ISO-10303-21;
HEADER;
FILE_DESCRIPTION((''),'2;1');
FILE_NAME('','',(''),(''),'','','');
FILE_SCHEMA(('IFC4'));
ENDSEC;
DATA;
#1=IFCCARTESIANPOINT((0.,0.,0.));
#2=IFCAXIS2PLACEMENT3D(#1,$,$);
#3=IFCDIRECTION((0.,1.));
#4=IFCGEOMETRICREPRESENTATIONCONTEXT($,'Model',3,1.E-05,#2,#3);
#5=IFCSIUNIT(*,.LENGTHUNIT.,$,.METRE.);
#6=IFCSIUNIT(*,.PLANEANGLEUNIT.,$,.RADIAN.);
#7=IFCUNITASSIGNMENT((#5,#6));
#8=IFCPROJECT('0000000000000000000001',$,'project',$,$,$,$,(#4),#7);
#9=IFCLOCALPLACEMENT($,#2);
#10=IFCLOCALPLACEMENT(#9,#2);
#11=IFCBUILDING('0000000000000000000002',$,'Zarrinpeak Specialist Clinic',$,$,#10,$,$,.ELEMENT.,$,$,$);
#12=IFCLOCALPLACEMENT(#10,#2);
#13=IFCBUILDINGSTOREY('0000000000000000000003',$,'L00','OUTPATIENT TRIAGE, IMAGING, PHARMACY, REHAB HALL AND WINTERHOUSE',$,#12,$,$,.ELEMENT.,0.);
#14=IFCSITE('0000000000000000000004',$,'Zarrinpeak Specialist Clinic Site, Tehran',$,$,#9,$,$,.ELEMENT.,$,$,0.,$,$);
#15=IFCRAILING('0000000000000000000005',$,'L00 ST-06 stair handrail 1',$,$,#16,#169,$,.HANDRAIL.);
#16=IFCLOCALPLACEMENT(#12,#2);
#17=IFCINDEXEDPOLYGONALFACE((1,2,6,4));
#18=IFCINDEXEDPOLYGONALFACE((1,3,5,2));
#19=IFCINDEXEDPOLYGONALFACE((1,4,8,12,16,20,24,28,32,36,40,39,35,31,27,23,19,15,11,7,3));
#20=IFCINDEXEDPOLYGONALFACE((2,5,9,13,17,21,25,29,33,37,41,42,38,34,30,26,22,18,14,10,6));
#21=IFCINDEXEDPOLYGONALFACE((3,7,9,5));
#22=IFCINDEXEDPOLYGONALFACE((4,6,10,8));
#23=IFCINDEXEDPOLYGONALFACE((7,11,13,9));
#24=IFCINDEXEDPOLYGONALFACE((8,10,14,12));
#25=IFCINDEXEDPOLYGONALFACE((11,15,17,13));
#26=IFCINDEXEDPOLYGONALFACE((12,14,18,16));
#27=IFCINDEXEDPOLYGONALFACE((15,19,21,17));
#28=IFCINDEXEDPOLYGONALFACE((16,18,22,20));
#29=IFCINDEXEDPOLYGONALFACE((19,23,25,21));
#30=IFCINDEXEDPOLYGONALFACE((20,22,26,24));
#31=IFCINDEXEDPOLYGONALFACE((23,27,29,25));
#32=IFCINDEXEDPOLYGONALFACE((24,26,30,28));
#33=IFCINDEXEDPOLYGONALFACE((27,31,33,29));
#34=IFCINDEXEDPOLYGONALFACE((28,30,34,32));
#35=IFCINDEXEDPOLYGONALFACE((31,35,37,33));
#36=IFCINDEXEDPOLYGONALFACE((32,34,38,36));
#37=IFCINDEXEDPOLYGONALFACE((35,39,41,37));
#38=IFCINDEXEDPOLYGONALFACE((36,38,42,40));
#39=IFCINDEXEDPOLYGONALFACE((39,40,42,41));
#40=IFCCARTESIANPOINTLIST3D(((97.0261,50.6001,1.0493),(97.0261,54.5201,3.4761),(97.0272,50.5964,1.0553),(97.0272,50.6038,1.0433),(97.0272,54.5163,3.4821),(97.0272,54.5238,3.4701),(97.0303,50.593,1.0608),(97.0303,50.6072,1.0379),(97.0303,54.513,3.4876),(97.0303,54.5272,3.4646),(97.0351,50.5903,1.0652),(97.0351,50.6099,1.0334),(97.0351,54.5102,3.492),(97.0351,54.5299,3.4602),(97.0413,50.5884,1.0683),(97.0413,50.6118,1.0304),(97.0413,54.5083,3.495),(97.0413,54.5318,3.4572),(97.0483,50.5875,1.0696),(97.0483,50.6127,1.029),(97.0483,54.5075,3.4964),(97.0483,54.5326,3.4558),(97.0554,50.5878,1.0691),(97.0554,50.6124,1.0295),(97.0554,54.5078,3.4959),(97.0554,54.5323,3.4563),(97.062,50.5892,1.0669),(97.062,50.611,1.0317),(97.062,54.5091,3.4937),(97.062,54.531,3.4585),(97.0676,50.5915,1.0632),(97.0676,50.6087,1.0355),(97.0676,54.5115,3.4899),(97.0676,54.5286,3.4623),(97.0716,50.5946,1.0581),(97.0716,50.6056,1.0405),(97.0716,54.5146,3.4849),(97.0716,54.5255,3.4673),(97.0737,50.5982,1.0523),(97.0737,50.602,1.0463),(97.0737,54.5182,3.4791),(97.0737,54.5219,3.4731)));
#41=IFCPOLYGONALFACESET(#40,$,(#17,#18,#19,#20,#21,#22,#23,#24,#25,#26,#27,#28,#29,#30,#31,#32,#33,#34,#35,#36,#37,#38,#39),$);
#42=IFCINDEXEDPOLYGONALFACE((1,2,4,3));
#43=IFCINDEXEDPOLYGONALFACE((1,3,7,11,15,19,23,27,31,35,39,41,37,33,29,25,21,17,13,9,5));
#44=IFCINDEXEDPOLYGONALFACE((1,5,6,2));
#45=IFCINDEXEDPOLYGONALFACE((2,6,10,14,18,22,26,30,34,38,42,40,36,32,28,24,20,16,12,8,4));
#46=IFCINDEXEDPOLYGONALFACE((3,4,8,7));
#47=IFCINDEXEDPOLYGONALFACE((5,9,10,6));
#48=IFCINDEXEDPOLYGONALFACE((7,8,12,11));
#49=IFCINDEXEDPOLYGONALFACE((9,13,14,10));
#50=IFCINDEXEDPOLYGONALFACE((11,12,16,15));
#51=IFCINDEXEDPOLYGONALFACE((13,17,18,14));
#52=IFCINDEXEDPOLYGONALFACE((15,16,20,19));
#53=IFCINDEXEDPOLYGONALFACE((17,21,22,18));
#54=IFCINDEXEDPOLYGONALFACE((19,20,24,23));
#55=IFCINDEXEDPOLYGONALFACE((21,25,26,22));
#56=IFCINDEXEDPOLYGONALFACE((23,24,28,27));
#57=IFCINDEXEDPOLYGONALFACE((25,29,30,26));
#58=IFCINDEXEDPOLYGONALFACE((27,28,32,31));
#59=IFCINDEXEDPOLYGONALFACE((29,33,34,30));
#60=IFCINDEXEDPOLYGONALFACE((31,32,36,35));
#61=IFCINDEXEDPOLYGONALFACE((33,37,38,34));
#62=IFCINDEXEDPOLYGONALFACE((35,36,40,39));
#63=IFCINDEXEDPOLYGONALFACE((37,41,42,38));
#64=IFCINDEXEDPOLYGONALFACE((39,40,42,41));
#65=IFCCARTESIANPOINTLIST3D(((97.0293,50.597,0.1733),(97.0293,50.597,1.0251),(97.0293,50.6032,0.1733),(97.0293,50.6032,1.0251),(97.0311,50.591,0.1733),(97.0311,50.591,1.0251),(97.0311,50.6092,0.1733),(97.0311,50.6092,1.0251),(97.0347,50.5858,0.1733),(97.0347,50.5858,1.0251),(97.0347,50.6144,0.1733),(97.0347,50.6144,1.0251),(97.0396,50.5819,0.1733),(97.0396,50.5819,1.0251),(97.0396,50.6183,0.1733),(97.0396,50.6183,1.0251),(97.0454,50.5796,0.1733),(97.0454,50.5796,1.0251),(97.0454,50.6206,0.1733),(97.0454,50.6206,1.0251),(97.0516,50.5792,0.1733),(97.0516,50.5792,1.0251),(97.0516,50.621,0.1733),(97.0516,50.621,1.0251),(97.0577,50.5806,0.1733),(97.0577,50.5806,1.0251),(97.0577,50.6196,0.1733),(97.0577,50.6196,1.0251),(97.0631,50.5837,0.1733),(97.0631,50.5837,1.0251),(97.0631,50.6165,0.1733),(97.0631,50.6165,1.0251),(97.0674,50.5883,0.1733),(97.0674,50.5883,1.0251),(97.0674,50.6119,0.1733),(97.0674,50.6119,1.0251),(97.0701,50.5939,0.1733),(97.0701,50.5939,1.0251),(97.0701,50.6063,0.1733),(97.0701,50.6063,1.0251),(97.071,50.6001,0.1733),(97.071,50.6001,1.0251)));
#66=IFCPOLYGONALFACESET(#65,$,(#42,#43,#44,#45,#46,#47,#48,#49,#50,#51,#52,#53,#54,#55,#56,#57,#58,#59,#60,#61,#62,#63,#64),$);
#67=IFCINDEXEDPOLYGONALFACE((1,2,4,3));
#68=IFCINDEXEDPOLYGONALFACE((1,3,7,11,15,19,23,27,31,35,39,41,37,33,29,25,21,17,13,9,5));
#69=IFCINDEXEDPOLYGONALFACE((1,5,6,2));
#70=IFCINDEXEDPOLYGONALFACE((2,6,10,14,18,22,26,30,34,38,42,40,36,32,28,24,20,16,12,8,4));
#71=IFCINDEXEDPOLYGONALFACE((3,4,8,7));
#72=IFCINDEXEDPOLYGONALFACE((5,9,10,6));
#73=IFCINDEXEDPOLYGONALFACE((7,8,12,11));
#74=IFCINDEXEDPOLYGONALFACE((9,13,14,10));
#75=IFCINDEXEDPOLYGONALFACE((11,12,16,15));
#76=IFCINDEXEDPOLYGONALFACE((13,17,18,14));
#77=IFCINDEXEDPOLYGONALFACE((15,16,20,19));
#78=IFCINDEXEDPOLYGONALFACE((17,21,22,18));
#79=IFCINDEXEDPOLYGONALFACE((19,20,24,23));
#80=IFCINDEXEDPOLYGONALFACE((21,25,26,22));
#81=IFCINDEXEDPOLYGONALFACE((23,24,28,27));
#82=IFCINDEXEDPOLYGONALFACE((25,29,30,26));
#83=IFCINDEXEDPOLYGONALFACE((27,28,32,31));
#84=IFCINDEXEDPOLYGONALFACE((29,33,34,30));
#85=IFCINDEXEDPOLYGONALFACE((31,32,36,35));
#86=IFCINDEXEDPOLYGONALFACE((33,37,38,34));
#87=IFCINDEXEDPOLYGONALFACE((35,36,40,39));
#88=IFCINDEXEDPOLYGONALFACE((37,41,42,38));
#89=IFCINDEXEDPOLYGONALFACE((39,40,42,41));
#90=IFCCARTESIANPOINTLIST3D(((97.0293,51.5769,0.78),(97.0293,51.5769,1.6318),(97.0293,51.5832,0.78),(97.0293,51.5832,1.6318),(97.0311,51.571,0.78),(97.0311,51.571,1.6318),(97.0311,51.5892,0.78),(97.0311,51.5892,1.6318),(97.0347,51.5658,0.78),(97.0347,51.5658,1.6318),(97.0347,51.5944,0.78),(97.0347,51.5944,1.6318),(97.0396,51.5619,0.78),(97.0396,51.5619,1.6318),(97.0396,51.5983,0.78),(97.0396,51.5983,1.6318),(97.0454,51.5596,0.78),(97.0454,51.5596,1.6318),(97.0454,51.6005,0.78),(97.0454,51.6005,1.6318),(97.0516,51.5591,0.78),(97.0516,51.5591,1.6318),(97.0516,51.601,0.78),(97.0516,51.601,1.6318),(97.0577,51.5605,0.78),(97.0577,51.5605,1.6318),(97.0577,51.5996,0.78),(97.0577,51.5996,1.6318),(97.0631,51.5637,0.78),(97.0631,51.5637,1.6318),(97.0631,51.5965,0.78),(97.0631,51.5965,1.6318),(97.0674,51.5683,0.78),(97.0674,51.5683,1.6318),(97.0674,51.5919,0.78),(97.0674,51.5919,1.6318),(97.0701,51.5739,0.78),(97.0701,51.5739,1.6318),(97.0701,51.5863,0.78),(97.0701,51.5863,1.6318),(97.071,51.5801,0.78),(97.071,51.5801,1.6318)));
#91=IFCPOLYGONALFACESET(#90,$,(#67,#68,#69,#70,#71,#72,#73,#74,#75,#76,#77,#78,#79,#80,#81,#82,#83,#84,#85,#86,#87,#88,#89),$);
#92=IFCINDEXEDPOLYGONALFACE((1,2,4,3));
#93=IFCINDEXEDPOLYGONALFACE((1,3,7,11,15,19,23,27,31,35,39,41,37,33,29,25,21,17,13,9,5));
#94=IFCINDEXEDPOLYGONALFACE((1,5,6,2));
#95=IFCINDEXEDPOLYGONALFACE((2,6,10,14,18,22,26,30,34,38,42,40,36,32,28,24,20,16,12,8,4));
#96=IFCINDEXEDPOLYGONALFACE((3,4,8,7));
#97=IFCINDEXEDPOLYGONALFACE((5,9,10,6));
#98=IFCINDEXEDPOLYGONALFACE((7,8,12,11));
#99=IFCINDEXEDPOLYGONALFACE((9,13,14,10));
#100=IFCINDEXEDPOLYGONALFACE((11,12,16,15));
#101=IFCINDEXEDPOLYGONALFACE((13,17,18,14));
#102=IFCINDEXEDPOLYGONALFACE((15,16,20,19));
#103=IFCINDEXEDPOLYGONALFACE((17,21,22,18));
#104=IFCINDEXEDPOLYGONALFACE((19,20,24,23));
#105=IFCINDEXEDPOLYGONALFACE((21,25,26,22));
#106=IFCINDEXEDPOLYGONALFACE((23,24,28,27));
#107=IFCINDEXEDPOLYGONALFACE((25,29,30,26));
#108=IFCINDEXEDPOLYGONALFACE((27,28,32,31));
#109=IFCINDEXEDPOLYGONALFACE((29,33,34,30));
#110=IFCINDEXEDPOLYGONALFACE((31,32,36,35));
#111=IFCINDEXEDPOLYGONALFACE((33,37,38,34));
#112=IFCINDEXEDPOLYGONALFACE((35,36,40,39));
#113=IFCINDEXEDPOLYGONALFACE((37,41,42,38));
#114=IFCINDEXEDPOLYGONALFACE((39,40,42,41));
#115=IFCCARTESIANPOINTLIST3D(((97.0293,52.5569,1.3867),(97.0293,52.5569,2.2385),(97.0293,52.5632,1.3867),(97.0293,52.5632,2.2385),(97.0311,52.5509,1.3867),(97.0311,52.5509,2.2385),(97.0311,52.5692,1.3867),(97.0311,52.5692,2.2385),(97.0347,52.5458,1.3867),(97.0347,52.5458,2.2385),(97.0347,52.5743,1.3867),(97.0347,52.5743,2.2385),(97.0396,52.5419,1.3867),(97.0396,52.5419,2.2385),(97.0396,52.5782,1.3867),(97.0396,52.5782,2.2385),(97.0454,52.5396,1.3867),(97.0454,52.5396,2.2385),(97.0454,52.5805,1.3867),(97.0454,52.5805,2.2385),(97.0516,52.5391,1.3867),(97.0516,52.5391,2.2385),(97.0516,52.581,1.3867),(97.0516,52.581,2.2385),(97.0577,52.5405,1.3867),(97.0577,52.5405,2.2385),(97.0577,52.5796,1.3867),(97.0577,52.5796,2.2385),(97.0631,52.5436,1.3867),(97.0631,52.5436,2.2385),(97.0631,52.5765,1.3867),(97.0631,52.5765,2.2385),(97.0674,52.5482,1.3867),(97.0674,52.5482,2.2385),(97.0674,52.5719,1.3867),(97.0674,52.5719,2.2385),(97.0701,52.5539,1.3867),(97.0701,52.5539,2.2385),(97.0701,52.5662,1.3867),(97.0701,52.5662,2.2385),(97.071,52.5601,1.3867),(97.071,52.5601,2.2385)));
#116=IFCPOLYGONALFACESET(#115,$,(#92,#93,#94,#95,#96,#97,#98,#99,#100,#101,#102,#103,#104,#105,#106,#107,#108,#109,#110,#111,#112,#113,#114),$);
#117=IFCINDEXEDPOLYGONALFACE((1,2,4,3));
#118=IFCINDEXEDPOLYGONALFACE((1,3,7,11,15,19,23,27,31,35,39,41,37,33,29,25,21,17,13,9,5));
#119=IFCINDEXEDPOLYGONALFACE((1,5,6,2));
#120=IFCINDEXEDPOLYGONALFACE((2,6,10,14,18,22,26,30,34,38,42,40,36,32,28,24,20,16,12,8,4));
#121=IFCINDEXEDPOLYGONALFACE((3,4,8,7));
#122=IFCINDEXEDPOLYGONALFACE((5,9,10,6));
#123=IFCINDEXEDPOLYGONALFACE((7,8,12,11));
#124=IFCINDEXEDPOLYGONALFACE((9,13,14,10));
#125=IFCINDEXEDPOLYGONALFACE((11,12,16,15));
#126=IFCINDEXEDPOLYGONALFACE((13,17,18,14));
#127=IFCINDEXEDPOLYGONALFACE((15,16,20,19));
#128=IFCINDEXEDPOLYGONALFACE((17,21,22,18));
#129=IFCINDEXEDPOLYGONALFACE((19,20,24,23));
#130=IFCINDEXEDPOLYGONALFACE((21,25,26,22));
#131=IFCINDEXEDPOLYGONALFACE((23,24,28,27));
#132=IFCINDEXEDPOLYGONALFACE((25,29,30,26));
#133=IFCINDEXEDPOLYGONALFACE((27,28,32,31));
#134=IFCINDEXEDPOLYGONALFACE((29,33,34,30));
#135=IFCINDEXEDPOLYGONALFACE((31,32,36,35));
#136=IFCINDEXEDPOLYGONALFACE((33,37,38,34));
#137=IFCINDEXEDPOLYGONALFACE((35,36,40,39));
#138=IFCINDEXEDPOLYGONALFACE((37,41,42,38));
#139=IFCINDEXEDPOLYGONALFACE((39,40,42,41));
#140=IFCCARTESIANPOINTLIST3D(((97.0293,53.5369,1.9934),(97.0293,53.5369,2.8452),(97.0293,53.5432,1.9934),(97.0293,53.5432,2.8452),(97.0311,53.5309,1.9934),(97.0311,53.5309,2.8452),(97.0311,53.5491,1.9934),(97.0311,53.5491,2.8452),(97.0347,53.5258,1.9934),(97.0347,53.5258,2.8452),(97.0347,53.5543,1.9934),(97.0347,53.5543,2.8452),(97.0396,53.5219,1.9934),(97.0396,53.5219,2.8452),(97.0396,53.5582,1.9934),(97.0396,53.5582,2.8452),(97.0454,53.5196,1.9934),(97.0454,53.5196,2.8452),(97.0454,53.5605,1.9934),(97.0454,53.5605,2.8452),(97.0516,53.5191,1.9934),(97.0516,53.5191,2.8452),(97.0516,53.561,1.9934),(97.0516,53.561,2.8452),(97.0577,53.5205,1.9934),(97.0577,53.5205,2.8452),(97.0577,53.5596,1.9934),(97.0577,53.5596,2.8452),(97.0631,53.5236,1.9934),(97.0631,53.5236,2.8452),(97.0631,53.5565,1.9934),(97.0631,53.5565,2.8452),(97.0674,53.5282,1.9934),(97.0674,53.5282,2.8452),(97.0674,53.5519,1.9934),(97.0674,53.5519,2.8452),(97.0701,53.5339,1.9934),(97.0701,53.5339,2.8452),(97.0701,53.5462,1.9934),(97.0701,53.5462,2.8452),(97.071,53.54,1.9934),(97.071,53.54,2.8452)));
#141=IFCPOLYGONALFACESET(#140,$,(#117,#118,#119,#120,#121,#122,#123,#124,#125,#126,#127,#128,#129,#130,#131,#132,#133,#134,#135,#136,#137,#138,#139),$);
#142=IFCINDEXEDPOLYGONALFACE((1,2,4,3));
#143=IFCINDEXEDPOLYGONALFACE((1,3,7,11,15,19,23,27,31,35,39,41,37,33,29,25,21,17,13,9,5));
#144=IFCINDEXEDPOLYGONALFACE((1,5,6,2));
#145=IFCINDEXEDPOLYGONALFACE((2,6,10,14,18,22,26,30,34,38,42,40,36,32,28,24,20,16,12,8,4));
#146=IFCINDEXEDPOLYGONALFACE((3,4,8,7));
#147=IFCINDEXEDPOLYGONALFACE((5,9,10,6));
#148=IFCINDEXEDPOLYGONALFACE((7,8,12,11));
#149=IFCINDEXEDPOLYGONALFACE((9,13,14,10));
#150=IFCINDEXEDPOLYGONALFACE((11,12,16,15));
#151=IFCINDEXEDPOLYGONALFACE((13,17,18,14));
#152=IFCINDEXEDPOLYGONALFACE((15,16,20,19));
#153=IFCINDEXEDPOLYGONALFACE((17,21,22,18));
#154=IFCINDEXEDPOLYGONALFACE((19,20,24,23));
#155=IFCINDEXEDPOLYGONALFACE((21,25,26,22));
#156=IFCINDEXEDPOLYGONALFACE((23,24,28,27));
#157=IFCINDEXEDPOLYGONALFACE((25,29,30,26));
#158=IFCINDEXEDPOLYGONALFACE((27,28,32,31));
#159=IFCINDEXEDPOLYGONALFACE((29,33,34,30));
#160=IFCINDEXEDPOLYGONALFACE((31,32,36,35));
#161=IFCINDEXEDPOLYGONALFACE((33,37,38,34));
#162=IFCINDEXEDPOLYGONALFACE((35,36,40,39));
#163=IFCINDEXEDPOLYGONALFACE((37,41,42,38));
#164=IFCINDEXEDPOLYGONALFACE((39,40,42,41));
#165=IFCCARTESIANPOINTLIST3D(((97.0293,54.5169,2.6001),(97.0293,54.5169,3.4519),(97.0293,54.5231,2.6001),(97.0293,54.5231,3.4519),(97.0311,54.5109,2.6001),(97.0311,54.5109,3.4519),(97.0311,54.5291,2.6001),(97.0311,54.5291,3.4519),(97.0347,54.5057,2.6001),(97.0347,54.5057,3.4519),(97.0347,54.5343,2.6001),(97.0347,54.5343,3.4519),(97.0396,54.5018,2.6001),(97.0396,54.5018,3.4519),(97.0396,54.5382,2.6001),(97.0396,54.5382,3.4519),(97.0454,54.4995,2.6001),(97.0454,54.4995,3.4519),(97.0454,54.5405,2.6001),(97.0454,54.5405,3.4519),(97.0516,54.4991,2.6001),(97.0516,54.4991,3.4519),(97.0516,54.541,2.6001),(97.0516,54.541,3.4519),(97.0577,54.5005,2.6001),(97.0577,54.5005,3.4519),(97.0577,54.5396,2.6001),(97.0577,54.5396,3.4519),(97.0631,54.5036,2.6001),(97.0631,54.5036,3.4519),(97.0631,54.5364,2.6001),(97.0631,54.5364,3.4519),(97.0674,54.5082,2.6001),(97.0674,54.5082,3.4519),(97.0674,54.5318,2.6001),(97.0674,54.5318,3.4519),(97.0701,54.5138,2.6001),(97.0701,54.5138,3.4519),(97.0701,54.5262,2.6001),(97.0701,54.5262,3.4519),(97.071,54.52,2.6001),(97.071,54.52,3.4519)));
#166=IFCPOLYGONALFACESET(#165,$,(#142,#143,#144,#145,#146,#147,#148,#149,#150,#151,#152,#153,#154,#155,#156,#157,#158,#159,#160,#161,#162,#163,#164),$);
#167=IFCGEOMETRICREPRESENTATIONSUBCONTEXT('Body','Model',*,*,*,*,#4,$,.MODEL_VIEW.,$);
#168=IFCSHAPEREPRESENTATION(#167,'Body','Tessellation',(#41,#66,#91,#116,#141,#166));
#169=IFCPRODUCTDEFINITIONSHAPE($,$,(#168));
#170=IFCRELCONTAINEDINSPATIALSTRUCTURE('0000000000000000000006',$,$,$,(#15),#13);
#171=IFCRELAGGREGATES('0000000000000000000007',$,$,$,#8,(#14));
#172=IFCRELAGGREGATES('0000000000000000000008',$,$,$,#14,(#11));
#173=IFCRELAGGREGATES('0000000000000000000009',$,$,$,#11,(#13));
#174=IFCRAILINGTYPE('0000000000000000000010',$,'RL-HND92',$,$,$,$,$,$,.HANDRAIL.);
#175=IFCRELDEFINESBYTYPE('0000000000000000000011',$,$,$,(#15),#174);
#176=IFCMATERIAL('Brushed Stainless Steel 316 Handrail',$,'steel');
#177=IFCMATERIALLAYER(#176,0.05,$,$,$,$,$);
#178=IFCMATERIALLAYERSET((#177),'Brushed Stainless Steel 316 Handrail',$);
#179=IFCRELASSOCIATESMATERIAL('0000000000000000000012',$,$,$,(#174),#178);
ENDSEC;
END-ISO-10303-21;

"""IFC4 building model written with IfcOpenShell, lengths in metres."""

from ifc_helpers import new_model, si_unit, direction, frame, origin, origin_2d, place, context, subcontext, project, spatial, circle, extrude, material, layer, layer_set, type_object, element, save


model = new_model("IFC4")

# Units and contexts
model_context = context("Model", 3, precision=1e-05, world=origin(), true_north=direction((0.0, 1.0)))
body_context = subcontext(model_context, "Body", "Model", "MODEL_VIEW")
ifc_project = project(units=[si_unit("LENGTHUNIT", "METRE"), si_unit("PLANEANGLEUNIT", "RADIAN")], contexts=[model_context])

# Site, building, storey
site_placement = place(None, origin())
site = spatial("IfcSite", under=ifc_project, at=site_placement, Name="Zarrinpeak Specialist Clinic Site, Tehran", CompositionType="ELEMENT", RefElevation=0.0)
building_placement = place(site_placement, origin())
building = spatial("IfcBuilding", under=site, at=building_placement, Name="Zarrinpeak Specialist Clinic", CompositionType="ELEMENT")
storey_placement = place(building_placement, origin())
storey = spatial("IfcBuildingStorey", under=building, at=storey_placement, Name="L00", Description="OUTPATIENT TRIAGE, IMAGING, PHARMACY, REHAB HALL AND WINTERHOUSE", CompositionType="ELEMENT", Elevation=0.0)

# Railing
ifc_material_1 = material(Name="Brushed Stainless Steel 316 Handrail", Category="steel")
ifc_layer_1 = layer(ifc_material_1, 0.05)
ifc_layer_set_1 = layer_set([ifc_layer_1], Name="Brushed Stainless Steel 316 Handrail")
railing_type_1 = type_object("IfcRailingType", Name="RL-HND92", PredefinedType="HANDRAIL", material=ifc_layer_set_1)
railing_1_placement = place(storey_placement, frame((97.05, 50.6001, 0.1733)))
element("IfcRailing", 1, at=railing_1_placement, inside=storey, type_object=railing_type_1, Name="L00 ST-06 stair handrail 1", PredefinedType="HANDRAIL", context=body_context, shape_type="SweptSolid", body=[
    extrude(circle(Radius=0.0239, at=origin_2d()), frame((0.0, 0.0, 0.876), z_axis=(0.0, 0.850252, 0.526376), x_axis=(-1.0, 0.0, 0.0)), (0.0, 0.0, 1.0), 4.6104),
    extrude(circle(Radius=0.021, at=origin_2d()), origin(), (0.0, 0.0, 1.0), 0.8518),
    extrude(circle(Radius=0.021, at=origin_2d()), frame((0.0, 0.98, 0.6067)), (0.0, 0.0, 1.0), 0.8518),
    extrude(circle(Radius=0.021, at=origin_2d()), frame((0.0, 1.96, 1.2134)), (0.0, 0.0, 1.0), 0.8518),
    extrude(circle(Radius=0.021, at=origin_2d()), frame((0.0, 2.9399, 1.8201)), (0.0, 0.0, 1.0), 0.8518),
    extrude(circle(Radius=0.021, at=origin_2d()), frame((0.0, 3.9199, 2.4268)), (0.0, 0.0, 1.0), 0.8518),
])

save(model, "model.ifc")
